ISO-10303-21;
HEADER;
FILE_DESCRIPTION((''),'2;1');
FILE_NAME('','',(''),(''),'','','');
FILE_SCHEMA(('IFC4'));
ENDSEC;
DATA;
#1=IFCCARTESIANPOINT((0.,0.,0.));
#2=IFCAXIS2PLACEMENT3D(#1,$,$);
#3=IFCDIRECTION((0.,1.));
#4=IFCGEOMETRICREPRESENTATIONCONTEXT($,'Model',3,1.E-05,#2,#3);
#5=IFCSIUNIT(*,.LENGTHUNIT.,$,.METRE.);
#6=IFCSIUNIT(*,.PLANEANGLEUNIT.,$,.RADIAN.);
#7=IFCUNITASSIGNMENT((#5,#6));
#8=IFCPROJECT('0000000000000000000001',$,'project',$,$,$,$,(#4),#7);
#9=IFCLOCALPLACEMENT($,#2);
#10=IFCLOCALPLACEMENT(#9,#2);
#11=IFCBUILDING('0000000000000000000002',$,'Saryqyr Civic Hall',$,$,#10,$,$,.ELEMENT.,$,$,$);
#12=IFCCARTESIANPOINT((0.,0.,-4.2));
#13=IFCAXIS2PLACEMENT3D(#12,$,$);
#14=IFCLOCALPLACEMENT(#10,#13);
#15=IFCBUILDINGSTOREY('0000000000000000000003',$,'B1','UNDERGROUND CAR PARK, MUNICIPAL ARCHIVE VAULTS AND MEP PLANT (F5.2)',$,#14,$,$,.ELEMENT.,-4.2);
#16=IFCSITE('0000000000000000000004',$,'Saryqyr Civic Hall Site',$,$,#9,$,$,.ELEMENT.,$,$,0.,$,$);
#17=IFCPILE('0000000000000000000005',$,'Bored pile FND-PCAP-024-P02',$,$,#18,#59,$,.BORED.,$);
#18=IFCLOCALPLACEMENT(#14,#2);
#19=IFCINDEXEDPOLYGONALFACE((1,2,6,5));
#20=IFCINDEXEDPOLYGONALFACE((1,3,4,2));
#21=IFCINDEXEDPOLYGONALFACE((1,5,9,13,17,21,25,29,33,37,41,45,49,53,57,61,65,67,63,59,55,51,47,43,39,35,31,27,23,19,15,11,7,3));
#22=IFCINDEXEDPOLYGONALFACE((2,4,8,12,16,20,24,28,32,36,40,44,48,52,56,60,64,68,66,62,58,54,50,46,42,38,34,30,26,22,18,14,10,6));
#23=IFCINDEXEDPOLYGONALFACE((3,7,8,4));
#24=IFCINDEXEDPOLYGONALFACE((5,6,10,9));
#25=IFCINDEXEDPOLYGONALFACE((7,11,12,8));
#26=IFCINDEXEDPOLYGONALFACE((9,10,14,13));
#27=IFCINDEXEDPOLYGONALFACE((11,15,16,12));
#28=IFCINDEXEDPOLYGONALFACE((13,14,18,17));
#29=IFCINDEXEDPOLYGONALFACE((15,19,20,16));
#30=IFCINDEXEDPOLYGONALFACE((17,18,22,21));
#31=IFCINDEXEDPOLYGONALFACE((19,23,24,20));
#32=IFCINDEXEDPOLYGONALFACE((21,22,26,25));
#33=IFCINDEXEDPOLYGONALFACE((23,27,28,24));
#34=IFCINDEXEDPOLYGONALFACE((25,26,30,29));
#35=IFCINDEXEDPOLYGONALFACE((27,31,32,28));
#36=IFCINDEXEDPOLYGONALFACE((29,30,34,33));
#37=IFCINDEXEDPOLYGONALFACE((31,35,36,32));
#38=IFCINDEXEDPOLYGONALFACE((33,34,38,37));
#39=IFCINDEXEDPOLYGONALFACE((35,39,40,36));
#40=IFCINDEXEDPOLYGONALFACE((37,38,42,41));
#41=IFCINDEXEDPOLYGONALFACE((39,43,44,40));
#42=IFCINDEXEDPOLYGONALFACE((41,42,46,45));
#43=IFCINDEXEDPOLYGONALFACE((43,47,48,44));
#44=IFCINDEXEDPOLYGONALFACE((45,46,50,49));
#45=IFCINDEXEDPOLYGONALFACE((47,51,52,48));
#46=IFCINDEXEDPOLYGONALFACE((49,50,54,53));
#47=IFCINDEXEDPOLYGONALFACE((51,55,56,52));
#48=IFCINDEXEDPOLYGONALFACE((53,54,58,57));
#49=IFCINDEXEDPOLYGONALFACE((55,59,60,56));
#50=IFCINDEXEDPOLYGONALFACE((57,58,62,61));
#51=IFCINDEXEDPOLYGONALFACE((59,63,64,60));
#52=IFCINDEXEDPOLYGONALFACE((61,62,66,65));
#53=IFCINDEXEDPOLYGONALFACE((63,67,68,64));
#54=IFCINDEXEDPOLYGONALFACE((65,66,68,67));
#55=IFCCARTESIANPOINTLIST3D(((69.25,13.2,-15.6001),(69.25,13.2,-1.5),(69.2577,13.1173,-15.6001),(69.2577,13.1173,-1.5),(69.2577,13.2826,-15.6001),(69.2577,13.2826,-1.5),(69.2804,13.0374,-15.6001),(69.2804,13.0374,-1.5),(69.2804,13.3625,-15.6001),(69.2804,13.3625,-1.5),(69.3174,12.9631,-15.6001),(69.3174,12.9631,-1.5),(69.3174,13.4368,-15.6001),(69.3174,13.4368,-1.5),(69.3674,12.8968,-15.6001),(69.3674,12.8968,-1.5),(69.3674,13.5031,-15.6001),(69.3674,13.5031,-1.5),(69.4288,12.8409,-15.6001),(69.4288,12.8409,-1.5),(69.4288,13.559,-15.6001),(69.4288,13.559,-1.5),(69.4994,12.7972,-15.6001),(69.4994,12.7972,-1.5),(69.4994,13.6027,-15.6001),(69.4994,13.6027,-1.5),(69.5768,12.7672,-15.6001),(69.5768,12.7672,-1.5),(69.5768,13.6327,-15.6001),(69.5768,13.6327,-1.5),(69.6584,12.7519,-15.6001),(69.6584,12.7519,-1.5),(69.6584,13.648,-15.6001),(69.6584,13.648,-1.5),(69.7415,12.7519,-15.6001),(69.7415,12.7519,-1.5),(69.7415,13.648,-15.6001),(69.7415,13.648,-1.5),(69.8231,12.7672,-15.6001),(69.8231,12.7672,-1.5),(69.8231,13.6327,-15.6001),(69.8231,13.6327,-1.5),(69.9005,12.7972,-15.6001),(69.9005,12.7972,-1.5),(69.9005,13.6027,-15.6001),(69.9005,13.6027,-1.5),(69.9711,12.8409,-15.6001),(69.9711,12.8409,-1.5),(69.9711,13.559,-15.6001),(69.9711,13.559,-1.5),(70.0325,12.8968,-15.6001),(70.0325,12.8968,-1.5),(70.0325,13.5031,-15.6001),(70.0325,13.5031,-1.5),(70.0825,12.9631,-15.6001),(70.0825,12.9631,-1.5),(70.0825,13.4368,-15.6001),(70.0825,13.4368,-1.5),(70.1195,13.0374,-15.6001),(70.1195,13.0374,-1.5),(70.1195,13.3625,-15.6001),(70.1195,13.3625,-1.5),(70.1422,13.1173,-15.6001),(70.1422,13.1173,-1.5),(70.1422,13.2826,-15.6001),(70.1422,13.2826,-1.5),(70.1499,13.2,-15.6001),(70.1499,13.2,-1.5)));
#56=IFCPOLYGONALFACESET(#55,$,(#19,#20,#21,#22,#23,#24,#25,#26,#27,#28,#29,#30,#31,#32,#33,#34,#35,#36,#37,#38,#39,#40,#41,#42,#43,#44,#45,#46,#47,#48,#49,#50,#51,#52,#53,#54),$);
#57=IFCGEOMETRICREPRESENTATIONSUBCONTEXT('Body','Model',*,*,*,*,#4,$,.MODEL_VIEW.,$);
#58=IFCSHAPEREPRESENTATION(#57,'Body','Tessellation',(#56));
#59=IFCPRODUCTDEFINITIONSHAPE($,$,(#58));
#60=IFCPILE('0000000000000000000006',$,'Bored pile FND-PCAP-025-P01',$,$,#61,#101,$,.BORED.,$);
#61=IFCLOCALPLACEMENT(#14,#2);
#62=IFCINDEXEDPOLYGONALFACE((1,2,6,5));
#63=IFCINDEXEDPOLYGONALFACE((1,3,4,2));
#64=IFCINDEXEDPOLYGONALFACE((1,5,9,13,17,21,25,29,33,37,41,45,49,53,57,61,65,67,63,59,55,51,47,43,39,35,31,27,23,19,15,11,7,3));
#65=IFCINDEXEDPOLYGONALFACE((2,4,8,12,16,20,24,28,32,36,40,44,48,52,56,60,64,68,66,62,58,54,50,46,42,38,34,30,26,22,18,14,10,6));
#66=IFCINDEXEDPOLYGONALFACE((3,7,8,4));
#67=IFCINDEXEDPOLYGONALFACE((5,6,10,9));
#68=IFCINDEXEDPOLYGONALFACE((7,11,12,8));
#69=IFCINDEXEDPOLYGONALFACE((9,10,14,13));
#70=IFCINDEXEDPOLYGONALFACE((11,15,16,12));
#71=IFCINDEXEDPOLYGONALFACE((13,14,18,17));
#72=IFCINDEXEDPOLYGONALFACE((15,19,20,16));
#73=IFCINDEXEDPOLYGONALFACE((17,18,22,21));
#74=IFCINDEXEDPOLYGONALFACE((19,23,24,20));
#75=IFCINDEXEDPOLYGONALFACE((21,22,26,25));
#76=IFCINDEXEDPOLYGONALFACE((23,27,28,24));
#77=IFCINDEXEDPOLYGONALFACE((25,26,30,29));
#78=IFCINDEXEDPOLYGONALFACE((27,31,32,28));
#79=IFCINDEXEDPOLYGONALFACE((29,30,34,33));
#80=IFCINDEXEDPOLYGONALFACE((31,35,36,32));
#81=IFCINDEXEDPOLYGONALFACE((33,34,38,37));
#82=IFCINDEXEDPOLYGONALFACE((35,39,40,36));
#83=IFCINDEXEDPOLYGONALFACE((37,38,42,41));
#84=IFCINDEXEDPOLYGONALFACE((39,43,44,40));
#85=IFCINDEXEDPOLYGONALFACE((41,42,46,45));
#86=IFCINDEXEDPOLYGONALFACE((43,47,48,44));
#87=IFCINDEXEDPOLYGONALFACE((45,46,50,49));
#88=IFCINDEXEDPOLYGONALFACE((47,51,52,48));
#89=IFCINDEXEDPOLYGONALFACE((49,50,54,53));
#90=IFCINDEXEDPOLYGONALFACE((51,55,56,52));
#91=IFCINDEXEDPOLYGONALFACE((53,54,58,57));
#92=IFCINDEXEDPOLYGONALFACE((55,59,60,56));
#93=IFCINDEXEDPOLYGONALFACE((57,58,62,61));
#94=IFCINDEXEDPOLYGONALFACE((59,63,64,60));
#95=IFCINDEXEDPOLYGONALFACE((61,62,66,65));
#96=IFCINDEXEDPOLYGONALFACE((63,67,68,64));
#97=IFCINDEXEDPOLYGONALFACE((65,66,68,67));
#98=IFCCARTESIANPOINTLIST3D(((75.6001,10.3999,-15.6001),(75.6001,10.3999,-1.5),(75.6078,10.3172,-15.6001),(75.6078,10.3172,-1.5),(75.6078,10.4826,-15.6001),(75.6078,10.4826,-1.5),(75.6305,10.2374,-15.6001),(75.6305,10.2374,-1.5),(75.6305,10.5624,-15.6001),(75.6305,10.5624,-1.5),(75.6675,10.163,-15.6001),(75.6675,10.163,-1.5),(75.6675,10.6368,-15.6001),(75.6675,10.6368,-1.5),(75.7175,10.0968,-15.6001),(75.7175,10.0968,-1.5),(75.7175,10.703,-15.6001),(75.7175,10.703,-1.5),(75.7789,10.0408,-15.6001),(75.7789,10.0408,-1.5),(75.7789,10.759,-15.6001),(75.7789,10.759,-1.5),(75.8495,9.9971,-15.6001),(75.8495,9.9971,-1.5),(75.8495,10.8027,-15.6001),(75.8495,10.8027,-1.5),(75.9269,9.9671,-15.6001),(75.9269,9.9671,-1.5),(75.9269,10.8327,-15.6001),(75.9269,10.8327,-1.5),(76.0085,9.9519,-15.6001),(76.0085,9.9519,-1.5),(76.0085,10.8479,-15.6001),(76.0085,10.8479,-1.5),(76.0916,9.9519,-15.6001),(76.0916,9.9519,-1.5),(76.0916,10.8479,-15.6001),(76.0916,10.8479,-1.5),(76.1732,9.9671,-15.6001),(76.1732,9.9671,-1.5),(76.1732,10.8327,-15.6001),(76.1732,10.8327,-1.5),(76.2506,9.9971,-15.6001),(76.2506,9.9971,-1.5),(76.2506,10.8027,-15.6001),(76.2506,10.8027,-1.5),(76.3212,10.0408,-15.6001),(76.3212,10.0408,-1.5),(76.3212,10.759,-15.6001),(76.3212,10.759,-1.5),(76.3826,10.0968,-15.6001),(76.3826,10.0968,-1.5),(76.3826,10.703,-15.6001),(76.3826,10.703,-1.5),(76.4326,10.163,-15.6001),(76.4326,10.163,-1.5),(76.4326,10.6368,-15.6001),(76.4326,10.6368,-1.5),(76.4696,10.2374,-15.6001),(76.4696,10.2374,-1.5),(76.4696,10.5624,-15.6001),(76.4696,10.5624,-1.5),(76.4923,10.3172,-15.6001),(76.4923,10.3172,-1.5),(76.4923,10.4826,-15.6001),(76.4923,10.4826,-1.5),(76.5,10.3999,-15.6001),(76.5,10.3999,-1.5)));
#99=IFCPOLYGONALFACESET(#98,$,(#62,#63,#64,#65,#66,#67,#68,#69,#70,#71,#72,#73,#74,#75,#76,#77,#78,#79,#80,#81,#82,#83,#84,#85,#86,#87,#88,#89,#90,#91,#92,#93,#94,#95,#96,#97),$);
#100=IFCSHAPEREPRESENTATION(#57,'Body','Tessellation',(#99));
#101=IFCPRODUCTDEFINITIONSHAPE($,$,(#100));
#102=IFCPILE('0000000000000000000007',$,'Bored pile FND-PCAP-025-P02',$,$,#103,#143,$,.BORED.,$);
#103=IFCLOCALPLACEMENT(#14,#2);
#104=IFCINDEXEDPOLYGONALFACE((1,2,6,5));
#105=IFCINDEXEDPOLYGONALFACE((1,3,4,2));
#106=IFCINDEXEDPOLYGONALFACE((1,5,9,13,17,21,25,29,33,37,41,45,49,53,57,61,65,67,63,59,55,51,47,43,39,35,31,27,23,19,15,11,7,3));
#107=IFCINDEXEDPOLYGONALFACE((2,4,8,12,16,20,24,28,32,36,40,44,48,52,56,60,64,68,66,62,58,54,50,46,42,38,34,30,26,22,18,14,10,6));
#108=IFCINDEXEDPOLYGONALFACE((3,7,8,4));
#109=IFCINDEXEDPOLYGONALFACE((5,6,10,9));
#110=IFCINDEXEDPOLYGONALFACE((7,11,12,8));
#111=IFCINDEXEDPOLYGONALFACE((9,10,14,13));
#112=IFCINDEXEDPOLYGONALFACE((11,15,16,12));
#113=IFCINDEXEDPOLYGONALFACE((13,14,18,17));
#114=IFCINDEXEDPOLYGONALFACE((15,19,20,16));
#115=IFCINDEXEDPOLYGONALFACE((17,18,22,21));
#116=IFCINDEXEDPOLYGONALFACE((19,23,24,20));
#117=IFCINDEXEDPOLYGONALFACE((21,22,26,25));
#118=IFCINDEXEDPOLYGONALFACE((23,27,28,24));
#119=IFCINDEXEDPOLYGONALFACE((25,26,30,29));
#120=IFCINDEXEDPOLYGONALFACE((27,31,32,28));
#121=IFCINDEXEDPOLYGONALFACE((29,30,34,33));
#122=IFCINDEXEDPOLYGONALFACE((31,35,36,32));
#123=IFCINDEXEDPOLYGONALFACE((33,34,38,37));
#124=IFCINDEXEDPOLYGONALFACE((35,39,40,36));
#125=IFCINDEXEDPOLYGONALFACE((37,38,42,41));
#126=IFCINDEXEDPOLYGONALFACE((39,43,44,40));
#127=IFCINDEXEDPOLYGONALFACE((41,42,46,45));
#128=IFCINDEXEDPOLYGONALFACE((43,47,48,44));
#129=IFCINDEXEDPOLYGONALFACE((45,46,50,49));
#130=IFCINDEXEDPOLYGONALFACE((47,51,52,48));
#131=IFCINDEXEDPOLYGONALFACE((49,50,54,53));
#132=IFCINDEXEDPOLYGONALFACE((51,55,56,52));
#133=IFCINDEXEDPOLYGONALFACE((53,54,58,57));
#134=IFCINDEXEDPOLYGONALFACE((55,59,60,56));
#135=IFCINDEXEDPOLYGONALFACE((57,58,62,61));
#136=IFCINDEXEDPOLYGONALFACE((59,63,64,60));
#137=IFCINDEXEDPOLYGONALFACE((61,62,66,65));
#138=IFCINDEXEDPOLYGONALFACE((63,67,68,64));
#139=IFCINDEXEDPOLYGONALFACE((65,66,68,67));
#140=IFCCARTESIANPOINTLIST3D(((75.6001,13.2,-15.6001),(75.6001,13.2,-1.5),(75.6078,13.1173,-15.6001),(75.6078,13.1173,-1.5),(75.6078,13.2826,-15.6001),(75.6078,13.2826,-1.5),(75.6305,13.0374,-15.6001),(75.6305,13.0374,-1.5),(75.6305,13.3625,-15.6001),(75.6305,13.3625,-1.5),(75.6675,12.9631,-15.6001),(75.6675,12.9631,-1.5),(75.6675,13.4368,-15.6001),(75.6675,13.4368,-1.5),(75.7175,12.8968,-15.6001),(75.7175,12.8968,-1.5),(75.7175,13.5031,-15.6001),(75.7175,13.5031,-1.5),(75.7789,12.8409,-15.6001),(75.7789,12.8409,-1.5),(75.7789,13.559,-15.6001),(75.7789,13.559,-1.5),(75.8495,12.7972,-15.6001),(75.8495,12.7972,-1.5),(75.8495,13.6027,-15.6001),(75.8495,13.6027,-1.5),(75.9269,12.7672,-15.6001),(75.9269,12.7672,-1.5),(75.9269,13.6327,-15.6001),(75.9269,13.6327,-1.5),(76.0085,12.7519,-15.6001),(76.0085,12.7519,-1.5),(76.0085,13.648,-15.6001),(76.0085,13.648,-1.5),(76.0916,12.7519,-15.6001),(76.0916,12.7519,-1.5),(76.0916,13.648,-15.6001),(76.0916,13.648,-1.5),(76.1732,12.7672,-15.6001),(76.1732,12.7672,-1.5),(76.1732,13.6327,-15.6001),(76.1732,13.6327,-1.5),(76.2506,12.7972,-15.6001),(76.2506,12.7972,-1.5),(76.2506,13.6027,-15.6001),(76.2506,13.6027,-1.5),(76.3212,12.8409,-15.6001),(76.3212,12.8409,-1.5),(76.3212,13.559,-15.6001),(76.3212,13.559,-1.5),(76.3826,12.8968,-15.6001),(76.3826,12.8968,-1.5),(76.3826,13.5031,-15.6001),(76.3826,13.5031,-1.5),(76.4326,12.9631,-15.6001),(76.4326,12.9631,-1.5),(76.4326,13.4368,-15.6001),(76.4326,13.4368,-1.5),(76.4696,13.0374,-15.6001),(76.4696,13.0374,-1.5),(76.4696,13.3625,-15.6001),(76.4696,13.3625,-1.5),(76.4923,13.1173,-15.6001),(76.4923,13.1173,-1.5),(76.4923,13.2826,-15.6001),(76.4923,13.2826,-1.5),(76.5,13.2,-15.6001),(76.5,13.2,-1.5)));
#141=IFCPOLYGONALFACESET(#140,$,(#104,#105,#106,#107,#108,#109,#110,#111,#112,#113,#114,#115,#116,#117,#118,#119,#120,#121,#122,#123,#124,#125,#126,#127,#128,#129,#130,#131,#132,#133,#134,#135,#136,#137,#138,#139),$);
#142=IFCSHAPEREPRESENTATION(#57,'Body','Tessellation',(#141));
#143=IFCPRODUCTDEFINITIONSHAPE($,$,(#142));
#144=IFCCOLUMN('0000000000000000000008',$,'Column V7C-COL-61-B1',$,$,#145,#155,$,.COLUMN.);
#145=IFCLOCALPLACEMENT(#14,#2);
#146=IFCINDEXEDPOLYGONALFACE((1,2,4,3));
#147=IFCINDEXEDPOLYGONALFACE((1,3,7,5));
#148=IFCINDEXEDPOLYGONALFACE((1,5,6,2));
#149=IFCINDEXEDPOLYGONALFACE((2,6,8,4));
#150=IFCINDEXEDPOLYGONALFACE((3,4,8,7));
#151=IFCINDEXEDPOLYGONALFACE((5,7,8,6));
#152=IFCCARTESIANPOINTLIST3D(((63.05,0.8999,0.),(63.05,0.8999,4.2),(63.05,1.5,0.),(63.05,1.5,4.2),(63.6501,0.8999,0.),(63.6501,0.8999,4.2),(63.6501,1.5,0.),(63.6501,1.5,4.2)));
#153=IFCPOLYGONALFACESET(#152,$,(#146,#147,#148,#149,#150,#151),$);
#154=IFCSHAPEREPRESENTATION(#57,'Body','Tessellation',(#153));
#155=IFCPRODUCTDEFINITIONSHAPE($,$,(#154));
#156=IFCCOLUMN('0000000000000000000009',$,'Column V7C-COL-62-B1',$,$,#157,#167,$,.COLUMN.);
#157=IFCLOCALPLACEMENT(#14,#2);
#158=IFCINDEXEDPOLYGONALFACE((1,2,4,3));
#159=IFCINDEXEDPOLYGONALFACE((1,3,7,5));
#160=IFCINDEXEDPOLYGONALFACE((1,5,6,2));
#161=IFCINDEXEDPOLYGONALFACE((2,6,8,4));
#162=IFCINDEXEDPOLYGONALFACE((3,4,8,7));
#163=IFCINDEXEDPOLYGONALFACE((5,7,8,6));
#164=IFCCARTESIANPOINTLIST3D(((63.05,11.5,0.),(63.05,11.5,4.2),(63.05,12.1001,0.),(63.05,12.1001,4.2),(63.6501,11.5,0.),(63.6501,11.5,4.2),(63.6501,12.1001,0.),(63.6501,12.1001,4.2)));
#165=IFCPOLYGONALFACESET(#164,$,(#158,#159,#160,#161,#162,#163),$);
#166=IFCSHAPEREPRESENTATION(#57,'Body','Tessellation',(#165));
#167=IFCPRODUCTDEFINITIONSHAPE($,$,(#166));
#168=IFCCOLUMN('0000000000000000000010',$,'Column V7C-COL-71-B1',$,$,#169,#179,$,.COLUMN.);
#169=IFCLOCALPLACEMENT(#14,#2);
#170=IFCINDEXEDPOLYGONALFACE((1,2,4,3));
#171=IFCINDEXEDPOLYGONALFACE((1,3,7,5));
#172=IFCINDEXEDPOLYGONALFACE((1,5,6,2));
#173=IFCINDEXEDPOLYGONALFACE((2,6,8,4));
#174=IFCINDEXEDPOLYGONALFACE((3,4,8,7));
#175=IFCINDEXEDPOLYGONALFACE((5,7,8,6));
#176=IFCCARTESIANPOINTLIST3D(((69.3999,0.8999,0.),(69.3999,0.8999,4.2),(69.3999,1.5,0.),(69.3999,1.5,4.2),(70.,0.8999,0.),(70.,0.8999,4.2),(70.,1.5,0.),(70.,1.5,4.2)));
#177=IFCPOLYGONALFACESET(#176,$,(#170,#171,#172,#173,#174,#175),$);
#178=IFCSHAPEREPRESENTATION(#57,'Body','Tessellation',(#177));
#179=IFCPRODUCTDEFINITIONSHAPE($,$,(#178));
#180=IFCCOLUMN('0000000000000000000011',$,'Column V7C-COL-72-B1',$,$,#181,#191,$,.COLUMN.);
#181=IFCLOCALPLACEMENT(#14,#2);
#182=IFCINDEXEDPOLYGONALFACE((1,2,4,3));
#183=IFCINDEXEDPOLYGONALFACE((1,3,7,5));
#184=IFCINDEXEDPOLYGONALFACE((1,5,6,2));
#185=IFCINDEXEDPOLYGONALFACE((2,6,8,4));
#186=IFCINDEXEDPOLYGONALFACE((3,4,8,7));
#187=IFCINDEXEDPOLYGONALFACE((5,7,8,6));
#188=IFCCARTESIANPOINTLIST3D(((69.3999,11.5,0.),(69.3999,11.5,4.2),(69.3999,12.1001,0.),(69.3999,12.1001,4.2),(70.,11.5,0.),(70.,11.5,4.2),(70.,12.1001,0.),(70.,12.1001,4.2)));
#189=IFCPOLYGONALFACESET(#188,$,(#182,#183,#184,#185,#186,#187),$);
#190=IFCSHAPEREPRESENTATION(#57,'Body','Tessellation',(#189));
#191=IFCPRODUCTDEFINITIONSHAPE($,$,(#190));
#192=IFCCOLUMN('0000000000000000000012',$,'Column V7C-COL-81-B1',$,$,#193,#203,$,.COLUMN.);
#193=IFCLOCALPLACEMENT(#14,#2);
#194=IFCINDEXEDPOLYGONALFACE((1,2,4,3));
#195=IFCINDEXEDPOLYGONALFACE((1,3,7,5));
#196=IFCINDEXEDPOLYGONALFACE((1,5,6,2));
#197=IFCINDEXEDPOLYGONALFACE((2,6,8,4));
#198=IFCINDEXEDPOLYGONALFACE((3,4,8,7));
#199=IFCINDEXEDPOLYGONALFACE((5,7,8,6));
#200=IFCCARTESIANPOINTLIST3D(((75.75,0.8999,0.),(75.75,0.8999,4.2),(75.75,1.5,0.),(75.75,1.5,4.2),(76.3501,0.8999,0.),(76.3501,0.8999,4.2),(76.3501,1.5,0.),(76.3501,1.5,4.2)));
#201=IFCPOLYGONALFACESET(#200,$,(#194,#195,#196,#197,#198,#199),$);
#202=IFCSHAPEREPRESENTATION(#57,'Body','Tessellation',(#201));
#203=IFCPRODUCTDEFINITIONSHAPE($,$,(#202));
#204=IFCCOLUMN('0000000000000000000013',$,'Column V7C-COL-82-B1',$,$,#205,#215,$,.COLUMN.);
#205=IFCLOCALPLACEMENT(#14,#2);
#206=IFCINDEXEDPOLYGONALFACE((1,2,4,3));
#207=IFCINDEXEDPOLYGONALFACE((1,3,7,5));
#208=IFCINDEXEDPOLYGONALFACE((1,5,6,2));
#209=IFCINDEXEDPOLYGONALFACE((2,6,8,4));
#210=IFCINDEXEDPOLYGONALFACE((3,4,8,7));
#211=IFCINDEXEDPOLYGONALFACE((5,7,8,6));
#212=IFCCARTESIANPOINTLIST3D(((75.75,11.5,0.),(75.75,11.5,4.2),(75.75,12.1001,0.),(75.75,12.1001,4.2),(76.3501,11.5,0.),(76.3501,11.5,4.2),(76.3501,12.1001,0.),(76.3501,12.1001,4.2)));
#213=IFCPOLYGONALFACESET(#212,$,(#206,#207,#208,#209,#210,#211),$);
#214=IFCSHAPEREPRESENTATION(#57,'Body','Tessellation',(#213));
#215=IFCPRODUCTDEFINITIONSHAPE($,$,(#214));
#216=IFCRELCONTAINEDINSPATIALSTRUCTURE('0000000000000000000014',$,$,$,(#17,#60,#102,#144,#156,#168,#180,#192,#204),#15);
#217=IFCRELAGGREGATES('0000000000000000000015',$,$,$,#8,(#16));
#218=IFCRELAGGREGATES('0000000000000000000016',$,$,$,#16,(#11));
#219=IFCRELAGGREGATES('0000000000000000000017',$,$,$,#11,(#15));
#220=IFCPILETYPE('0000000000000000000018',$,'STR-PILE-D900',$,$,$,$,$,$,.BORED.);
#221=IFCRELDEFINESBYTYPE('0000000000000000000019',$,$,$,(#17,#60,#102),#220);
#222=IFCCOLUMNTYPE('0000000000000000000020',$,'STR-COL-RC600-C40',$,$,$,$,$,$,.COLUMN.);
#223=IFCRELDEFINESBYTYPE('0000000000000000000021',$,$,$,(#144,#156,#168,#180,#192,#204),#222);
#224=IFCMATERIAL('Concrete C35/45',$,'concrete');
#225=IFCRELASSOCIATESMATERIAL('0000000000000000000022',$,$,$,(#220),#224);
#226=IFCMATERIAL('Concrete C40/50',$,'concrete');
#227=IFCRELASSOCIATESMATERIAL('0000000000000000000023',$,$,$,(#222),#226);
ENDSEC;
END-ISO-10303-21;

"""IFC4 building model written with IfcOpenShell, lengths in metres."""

from ifc_helpers import new_model, si_unit, direction, frame, origin, origin_2d, place, context, subcontext, project, spatial, rectangle, circle, extrude, material, material_profile, profile_set, type_object, element, save


model = new_model("IFC4")

# Units and contexts
model_context = context("Model", 3, precision=1e-05, world=origin(), true_north=direction((0.0, 1.0)))
body_context = subcontext(model_context, "Body", "Model", "MODEL_VIEW")
ifc_project = project(units=[si_unit("LENGTHUNIT", "METRE"), si_unit("PLANEANGLEUNIT", "RADIAN")], contexts=[model_context])

# Site, building, storey
site_placement = place(None, origin())
site = spatial("IfcSite", under=ifc_project, at=site_placement, Name="Saryqyr Civic Hall Site", CompositionType="ELEMENT", RefElevation=0.0)
building_placement = place(site_placement, origin())
building = spatial("IfcBuilding", under=site, at=building_placement, Name="Saryqyr Civic Hall", CompositionType="ELEMENT")
storey_placement = place(building_placement, frame((0.0, 0.0, -4.2)))
storey = spatial("IfcBuildingStorey", under=building, at=storey_placement, Name="B1", Description="UNDERGROUND CAR PARK, MUNICIPAL ARCHIVE VAULTS AND MEP PLANT (F5.2)", CompositionType="ELEMENT", Elevation=-4.2)

# Shared definitions
ifc_material_1 = material(Name="Concrete C35/45", Category="concrete")

# Piles
ifc_material_profile_1 = material_profile(ifc_material_1, circle(Radius=0.45, at=origin_2d()), Name="BORED PILE D900")
ifc_profile_set_1 = profile_set([ifc_material_profile_1], Name="Concrete C35/45")
pile_type = type_object("IfcPileType", Name="STR-PILE-D900", PredefinedType="BORED", material=ifc_profile_set_1)
for number, where, z_axis, x_axis, name in (
    (1, (69.7, 13.2, -1.5), (0.0, 0.0, -1.0), (1.0, 0.0, 0.0), "Bored pile FND-PCAP-024-P02"),
    (2, (76.05, 10.3999, -1.5), (0.0, 0.0, -1.0), (1.0, 0.0, 0.0), "Bored pile FND-PCAP-025-P01"),
    (3, (76.05, 13.2, -1.5), (0.0, 0.0, -1.0), (1.0, 0.0, 0.0), "Bored pile FND-PCAP-025-P02"),
):
    element("IfcPile", number, at=place(storey_placement, frame(where, z_axis=z_axis, x_axis=x_axis)), inside=storey, type_object=pile_type, Name=name, PredefinedType="BORED", context=body_context, shape_type="SweptSolid", body=[
        extrude(circle(Radius=0.45, at=origin_2d()), origin(), (0.0, 0.0, 1.0), 14.1001),
    ])

# Columns
ifc_material_2 = material(Name="Concrete C40/50", Category="concrete")
ifc_material_profile_2 = material_profile(ifc_material_2, rectangle(XDim=0.6001, YDim=0.6001, at=origin_2d()), Name="RC 600x600")
ifc_profile_set_2 = profile_set([ifc_material_profile_2], Name="Concrete C40/50")
column_type = type_object("IfcColumnType", Name="STR-COL-RC600-C40", PredefinedType="COLUMN", material=ifc_profile_set_2)
for number, where, z_axis, x_axis, name in (
    (4, (63.3501, 1.2, 0.0), (0.0, 0.0, 1.0), (1.0, 0.0, 0.0), "Column V7C-COL-61-B1"),
    (5, (63.3501, 11.8, 0.0), (0.0, 0.0, 1.0), (1.0, 0.0, 0.0), "Column V7C-COL-62-B1"),
    (6, (69.7, 1.2, 0.0), (0.0, 0.0, 1.0), (1.0, 0.0, 0.0), "Column V7C-COL-71-B1"),
    (7, (69.7, 11.8, 0.0), (0.0, 0.0, 1.0), (1.0, 0.0, 0.0), "Column V7C-COL-72-B1"),
    (8, (76.05, 1.2, 0.0), (0.0, 0.0, 1.0), (1.0, 0.0, 0.0), "Column V7C-COL-81-B1"),
    (9, (76.05, 11.8, 0.0), (0.0, 0.0, 1.0), (1.0, 0.0, 0.0), "Column V7C-COL-82-B1"),
):
    element("IfcColumn", number, at=place(storey_placement, frame(where, z_axis=z_axis, x_axis=x_axis)), inside=storey, type_object=column_type, Name=name, PredefinedType="COLUMN", context=body_context, shape_type="SweptSolid", body=[
        extrude(rectangle(XDim=0.6001, YDim=0.6001, at=origin_2d()), origin(), (0.0, 0.0, 1.0), 4.2),
    ])

save(model, "model.ifc")
